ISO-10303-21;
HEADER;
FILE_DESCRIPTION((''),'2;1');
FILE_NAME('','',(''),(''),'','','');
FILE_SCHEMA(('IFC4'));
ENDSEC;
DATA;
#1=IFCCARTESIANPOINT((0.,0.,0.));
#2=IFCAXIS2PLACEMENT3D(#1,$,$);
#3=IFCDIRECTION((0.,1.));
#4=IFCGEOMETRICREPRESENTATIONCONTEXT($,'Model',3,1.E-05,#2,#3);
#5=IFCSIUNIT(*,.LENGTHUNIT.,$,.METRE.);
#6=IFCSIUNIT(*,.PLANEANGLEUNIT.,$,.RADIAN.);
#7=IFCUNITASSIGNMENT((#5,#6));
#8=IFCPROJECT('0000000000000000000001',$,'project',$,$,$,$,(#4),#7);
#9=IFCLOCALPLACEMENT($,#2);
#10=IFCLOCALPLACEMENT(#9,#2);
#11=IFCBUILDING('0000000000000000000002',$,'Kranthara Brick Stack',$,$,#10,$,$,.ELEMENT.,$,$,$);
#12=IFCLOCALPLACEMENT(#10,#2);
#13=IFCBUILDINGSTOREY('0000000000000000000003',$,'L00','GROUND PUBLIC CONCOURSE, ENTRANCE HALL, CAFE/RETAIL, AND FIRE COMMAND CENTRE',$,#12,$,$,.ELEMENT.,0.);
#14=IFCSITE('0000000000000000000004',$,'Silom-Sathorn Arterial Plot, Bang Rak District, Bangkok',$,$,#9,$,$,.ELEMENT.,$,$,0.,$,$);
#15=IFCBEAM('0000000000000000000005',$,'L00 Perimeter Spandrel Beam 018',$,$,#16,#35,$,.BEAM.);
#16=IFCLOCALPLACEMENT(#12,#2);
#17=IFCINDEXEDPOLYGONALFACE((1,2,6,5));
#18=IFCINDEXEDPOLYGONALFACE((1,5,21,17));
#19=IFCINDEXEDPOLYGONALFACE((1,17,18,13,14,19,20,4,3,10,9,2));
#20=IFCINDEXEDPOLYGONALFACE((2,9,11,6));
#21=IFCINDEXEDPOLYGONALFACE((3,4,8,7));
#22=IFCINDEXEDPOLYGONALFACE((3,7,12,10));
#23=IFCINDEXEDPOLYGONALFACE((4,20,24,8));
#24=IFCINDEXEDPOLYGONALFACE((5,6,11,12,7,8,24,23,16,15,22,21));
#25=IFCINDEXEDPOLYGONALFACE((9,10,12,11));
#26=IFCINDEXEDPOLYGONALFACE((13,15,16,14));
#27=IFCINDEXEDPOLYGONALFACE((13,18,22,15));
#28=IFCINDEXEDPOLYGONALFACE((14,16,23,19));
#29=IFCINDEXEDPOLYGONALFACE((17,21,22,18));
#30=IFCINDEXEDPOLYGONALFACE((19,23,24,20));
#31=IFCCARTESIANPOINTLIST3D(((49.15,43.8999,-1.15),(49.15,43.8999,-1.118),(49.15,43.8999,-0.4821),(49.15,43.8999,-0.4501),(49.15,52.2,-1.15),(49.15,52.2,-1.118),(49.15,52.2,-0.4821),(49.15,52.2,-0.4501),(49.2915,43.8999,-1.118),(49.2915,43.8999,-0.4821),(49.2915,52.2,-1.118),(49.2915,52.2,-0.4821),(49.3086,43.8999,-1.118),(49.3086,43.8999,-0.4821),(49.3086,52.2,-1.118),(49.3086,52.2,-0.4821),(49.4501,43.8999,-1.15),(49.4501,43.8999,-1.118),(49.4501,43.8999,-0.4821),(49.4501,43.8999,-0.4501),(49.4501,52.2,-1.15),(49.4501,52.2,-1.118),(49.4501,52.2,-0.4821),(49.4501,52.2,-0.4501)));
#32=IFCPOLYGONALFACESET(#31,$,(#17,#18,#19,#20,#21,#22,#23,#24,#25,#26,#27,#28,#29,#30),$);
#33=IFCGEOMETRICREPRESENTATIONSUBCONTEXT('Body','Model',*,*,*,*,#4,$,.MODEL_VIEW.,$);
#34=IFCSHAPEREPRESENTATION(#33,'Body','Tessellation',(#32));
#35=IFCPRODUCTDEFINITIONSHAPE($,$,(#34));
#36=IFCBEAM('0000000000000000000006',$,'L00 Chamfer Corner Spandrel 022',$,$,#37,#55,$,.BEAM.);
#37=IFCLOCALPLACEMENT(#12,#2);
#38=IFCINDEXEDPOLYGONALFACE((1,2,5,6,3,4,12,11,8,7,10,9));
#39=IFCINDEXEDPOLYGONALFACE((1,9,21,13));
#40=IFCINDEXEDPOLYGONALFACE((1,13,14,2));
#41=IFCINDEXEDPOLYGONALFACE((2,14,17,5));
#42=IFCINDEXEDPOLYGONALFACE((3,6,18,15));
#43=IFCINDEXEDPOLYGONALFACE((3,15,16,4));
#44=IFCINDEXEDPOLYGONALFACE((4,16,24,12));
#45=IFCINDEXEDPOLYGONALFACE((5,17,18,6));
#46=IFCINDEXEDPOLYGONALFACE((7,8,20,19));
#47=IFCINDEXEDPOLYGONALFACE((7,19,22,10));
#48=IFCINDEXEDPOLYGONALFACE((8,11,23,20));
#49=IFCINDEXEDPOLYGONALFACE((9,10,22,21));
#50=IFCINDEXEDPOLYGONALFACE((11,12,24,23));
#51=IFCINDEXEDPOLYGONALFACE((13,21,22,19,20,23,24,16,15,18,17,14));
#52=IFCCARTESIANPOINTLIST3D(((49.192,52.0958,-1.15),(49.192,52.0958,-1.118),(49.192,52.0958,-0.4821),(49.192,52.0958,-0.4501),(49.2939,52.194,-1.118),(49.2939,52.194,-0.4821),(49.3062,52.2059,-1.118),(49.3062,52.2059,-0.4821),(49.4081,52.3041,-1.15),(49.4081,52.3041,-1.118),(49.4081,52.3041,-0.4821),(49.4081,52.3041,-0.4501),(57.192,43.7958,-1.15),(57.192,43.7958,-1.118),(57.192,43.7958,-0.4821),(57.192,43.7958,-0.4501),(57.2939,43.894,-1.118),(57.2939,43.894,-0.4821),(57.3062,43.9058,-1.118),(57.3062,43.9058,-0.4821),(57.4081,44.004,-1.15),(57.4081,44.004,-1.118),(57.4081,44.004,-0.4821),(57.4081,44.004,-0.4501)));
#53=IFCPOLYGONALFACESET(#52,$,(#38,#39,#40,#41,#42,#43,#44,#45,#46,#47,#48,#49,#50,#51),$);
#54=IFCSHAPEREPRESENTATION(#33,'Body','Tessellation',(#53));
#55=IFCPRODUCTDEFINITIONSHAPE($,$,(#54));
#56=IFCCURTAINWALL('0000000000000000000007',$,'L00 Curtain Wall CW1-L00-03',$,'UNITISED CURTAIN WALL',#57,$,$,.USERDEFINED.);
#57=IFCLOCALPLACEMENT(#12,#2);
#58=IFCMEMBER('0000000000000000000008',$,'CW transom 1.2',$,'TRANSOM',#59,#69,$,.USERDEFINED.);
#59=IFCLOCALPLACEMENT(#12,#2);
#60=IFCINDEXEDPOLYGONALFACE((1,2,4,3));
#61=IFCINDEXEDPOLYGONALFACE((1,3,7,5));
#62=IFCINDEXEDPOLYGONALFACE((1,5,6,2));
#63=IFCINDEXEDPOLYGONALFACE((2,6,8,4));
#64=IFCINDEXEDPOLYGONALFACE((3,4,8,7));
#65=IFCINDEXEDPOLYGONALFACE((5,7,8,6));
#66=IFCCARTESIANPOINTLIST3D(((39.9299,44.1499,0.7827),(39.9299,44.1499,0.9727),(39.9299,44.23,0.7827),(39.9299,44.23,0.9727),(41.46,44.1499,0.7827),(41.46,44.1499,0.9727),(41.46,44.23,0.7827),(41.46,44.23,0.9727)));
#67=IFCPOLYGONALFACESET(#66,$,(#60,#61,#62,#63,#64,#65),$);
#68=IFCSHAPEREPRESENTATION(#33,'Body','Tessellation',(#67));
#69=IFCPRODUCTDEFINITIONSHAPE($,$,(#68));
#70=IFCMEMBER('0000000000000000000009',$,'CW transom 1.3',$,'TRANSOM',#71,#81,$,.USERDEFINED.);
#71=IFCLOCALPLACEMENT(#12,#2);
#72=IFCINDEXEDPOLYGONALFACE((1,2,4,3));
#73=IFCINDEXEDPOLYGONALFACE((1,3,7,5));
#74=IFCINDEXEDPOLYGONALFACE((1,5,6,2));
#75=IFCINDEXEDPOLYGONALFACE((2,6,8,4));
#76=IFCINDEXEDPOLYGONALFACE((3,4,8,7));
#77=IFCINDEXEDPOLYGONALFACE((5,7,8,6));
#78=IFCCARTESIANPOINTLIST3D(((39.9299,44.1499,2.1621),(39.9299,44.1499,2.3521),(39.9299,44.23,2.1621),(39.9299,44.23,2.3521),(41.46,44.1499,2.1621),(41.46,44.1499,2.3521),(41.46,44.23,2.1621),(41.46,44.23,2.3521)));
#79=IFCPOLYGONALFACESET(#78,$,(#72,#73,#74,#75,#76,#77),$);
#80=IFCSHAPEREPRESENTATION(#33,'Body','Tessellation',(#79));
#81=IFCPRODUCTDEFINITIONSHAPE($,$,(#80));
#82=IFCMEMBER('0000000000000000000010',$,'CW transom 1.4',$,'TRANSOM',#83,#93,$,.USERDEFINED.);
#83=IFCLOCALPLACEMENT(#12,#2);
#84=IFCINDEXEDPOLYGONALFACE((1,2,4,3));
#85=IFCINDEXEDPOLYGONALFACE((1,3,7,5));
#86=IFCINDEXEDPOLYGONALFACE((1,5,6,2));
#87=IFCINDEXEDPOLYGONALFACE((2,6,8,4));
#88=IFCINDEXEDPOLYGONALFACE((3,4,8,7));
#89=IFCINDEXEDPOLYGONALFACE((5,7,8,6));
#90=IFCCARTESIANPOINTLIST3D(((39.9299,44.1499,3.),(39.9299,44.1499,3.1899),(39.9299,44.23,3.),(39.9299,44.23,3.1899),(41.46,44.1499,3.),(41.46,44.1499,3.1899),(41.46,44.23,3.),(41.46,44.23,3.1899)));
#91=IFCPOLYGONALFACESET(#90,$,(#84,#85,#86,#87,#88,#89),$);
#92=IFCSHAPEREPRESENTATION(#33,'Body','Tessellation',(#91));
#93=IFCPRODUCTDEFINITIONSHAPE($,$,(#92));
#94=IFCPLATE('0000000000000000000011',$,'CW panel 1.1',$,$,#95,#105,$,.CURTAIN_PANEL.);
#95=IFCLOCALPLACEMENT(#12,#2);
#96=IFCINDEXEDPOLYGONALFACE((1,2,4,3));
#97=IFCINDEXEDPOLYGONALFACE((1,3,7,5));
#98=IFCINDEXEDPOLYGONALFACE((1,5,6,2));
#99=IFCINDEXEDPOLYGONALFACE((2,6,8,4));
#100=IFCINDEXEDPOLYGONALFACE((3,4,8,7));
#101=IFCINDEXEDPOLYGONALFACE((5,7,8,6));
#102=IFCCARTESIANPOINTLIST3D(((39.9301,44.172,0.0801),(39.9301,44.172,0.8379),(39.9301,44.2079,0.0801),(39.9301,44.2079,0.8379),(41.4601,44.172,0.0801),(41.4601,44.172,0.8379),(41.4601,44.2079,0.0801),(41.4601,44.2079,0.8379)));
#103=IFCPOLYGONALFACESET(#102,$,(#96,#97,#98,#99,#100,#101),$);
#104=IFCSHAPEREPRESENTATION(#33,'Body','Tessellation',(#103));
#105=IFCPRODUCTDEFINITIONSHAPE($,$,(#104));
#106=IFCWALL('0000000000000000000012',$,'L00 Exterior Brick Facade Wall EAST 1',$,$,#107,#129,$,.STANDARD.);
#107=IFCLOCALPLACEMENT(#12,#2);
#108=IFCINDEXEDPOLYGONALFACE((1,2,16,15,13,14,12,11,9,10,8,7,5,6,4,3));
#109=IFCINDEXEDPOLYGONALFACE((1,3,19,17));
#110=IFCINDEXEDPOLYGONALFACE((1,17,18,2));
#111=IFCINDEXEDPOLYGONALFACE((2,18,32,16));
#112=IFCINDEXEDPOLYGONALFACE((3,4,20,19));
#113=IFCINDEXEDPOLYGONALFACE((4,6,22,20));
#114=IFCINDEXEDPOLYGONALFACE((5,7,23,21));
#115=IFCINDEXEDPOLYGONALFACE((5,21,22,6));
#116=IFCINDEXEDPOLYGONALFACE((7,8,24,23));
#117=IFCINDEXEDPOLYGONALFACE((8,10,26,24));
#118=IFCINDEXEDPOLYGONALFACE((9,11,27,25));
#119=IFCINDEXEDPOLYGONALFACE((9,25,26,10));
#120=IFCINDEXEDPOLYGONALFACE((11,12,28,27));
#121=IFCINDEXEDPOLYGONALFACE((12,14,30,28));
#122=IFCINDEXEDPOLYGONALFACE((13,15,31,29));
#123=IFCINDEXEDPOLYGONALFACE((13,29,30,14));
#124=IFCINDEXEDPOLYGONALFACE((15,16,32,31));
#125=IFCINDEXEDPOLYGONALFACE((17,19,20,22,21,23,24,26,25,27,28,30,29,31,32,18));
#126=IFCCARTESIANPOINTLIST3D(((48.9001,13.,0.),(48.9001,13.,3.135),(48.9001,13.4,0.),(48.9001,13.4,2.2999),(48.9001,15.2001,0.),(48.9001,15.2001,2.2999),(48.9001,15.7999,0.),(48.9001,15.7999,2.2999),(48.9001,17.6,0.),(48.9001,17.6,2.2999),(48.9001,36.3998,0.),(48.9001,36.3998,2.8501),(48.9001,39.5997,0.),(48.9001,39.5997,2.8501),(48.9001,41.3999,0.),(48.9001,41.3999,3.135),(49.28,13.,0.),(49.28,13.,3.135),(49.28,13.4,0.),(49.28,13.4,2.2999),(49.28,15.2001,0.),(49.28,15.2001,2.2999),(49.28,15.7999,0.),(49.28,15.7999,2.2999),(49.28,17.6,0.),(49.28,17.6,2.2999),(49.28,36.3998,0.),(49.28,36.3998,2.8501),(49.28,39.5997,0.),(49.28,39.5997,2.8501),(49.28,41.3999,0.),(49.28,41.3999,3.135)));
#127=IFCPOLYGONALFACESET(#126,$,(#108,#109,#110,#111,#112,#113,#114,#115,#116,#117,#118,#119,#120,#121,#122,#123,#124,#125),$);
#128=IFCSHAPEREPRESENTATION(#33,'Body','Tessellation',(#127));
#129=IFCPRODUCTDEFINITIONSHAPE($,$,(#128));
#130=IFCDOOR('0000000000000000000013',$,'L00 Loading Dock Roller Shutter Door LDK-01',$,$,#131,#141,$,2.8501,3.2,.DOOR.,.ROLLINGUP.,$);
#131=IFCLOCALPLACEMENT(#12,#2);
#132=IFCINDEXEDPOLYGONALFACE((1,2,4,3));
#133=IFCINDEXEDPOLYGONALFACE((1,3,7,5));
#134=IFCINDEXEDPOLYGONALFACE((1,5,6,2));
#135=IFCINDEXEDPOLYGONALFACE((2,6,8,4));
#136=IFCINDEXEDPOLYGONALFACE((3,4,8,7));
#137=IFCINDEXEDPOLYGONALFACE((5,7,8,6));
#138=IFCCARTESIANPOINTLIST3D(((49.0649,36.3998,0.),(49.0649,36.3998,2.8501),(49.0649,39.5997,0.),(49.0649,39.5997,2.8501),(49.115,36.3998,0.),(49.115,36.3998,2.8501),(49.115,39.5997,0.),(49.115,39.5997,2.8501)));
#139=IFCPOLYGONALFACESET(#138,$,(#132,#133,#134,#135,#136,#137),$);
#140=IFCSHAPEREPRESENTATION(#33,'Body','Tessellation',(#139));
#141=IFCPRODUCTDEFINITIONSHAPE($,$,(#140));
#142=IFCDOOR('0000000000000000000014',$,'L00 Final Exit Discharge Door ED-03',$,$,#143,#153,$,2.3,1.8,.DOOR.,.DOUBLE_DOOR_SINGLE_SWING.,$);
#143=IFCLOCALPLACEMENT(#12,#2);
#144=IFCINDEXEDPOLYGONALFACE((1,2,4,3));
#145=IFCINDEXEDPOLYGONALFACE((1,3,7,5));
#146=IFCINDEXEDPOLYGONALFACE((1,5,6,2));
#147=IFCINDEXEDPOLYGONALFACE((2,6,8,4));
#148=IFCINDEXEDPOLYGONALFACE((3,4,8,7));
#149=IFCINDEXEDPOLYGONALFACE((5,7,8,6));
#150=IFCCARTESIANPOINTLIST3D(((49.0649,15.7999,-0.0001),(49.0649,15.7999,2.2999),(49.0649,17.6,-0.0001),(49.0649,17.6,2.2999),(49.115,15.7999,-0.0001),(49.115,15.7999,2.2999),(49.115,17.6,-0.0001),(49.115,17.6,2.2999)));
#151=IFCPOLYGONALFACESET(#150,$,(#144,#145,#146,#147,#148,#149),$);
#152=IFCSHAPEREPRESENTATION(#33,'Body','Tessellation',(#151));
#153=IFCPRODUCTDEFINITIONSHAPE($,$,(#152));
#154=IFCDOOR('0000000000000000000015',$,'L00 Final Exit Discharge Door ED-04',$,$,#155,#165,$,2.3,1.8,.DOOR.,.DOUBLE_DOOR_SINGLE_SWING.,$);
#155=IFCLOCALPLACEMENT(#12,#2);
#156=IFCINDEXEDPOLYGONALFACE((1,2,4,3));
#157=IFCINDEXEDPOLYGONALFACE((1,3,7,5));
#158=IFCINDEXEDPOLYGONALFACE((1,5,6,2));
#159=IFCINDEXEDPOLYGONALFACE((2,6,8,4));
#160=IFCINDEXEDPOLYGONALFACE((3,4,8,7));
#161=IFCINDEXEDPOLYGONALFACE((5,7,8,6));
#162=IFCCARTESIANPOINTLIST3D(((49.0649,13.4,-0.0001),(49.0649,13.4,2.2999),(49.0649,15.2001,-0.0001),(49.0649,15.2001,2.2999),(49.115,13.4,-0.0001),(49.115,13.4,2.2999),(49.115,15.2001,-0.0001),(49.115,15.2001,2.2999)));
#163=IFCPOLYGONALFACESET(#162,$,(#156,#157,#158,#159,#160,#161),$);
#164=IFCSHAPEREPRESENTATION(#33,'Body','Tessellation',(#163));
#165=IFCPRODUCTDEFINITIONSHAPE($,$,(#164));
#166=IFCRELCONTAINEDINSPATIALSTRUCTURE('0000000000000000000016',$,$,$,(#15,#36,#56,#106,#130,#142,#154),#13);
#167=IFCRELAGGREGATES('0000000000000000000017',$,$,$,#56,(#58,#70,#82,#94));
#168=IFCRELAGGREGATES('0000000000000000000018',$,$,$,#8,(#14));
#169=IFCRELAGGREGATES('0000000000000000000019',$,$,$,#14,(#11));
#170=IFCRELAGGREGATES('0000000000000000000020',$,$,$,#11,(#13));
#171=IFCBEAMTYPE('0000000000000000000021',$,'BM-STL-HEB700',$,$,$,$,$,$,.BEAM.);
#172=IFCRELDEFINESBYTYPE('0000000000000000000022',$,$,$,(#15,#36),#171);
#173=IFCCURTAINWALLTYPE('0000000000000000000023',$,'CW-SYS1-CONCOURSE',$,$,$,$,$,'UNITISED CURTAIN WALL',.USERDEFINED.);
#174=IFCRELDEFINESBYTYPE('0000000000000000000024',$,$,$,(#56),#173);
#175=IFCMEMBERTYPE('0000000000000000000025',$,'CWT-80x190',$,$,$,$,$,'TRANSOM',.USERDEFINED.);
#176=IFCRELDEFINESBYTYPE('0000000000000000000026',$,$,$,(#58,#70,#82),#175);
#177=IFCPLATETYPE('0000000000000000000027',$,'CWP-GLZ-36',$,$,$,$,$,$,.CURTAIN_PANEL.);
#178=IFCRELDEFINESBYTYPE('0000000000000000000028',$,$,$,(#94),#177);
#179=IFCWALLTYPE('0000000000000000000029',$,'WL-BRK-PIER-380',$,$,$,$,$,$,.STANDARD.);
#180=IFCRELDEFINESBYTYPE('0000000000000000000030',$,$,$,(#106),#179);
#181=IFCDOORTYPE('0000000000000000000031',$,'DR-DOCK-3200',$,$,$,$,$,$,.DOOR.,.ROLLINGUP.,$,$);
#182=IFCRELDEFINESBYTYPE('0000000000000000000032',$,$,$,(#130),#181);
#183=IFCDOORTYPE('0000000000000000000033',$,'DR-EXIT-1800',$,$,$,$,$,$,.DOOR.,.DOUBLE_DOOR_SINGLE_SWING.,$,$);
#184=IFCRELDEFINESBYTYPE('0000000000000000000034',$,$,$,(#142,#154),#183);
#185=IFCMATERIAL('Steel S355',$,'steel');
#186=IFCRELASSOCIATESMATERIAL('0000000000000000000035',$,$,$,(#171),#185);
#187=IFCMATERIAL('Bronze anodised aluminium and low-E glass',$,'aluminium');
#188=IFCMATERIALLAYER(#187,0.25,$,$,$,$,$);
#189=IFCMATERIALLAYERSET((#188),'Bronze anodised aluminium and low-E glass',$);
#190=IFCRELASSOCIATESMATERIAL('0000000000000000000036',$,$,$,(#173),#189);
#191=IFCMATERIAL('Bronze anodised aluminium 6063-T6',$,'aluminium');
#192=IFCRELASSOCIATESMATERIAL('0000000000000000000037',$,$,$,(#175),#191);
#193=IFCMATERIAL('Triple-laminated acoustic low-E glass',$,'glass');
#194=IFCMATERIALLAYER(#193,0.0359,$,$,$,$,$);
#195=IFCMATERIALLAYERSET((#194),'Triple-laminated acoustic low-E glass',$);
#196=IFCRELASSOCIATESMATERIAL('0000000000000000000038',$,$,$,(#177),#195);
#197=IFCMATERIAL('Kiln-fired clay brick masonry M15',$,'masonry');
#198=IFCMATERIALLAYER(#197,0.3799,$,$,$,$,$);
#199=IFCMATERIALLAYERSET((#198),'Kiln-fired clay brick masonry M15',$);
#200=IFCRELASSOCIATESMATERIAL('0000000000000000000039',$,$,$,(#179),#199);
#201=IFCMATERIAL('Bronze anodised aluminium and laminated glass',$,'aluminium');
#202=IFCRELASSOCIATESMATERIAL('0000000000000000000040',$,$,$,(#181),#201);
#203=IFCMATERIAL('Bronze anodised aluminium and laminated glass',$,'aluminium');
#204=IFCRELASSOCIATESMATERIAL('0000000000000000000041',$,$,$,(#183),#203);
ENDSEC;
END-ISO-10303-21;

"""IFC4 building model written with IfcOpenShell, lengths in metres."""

from ifc_helpers import new_model, si_unit, direction, frame, frame_2d, origin, origin_2d, place, context, subcontext, project, spatial, rectangle, i_section, extrude, material, layer, layer_set, material_profile, profile_set, type_object, element, fill, aggregate, save


model = new_model("IFC4")

# Units and contexts
model_context = context("Model", 3, precision=1e-05, world=origin(), true_north=direction((0.0, 1.0)))
body_context = subcontext(model_context, "Body", "Model", "MODEL_VIEW")
ifc_project = project(units=[si_unit("LENGTHUNIT", "METRE"), si_unit("PLANEANGLEUNIT", "RADIAN")], contexts=[model_context])

# Site, building, storey
site_placement = place(None, origin())
site = spatial("IfcSite", under=ifc_project, at=site_placement, Name="Silom-Sathorn Arterial Plot, Bang Rak District, Bangkok", CompositionType="ELEMENT", RefElevation=0.0)
building_placement = place(site_placement, origin())
building = spatial("IfcBuilding", under=site, at=building_placement, Name="Kranthara Brick Stack", CompositionType="ELEMENT")
storey_placement = place(building_placement, origin())
storey = spatial("IfcBuildingStorey", under=building, at=storey_placement, Name="L00", Description="GROUND PUBLIC CONCOURSE, ENTRANCE HALL, CAFE/RETAIL, AND FIRE COMMAND CENTRE", CompositionType="ELEMENT", Elevation=0.0)

# Beams
ifc_material_1 = material(Name="Steel S355", Category="steel")
ifc_material_profile_1 = material_profile(ifc_material_1, i_section(OverallWidth=0.3, OverallDepth=0.7, WebThickness=0.0171, FlangeThickness=0.032, at=origin_2d()), Name="HEB 700")
ifc_profile_set_1 = profile_set([ifc_material_profile_1], Name="Steel S355")
beam_type = type_object("IfcBeamType", Name="BM-STL-HEB700", PredefinedType="BEAM", material=ifc_profile_set_1)
beam_1_placement = place(storey_placement, frame((49.3, 43.8999, -0.8), z_axis=(0.0, 1.0, 0.0), x_axis=(-1.0, 0.0, 0.0)))
element("IfcBeam", 1, at=beam_1_placement, inside=storey, type_object=beam_type, Name="L00 Perimeter Spandrel Beam 018", PredefinedType="BEAM", context=body_context, shape_type="SweptSolid", body=[
    extrude(i_section(OverallWidth=0.3, OverallDepth=0.7, WebThickness=0.0171, FlangeThickness=0.032, at=origin_2d()), origin(), (0.0, 0.0, 1.0), 8.3),
])
beam_2_placement = place(storey_placement, frame((57.3, 43.8999, -0.8), z_axis=(-0.693973, 0.720001, 0.0), x_axis=(-0.720001, -0.693973, 0.0)))
element("IfcBeam", 2, at=beam_2_placement, inside=storey, type_object=beam_type, Name="L00 Chamfer Corner Spandrel 022", PredefinedType="BEAM", context=body_context, shape_type="SweptSolid", body=[
    extrude(i_section(OverallWidth=0.3, OverallDepth=0.7, WebThickness=0.0171, FlangeThickness=0.032, at=origin_2d()), origin(), (0.0, 0.0, 1.0), 11.5278),
])

# Curtain wall, members, plate
ifc_material_2 = material(Name="Bronze anodised aluminium and low-E glass", Category="aluminium")
ifc_layer_1 = layer(ifc_material_2, 0.25)
ifc_layer_set_1 = layer_set([ifc_layer_1], Name="Bronze anodised aluminium and low-E glass")
curtain_wall_type = type_object("IfcCurtainWallType", Name="CW-SYS1-CONCOURSE", ElementType="UNITISED CURTAIN WALL", PredefinedType="USERDEFINED", material=ifc_layer_set_1)
curtain_wall_placement = place(storey_placement, origin())
curtain_wall = element("IfcCurtainWall", 3, at=curtain_wall_placement, inside=storey, type_object=curtain_wall_type, Name="L00 Curtain Wall CW1-L00-03", ObjectType="UNITISED CURTAIN WALL", PredefinedType="USERDEFINED")
ifc_material_3 = material(Name="Bronze anodised aluminium 6063-T6", Category="aluminium")
ifc_material_profile_2 = material_profile(ifc_material_3, rectangle(XDim=0.0801, YDim=0.1899, at=origin_2d()), Name="ALU TRANSOM 80x190")
ifc_profile_set_2 = profile_set([ifc_material_profile_2], Name="Bronze anodised aluminium 6063-T6")
member_type = type_object("IfcMemberType", Name="CWT-80x190", ElementType="TRANSOM", PredefinedType="USERDEFINED", material=ifc_profile_set_2)
member_1_placement = place(storey_placement, frame((39.9299, 44.1899, 0.8777), z_axis=(1.0, 0.0, 0.0), x_axis=(0.0, 1.0, 0.0)))
member_1 = element("IfcMember", 4, at=member_1_placement, type_object=member_type, Name="CW transom 1.2", ObjectType="TRANSOM", PredefinedType="USERDEFINED", context=body_context, shape_type="SweptSolid", body=[
    extrude(rectangle(XDim=0.0801, YDim=0.1899, at=origin_2d()), origin(), (0.0, 0.0, 1.0), 1.53),
])
member_2_placement = place(storey_placement, frame((39.9299, 44.1899, 2.2571), z_axis=(1.0, 0.0, 0.0), x_axis=(0.0, 1.0, 0.0)))
member_2 = element("IfcMember", 5, at=member_2_placement, type_object=member_type, Name="CW transom 1.3", ObjectType="TRANSOM", PredefinedType="USERDEFINED", context=body_context, shape_type="SweptSolid", body=[
    extrude(rectangle(XDim=0.0801, YDim=0.1899, at=origin_2d()), origin(), (0.0, 0.0, 1.0), 1.53),
])
member_3_placement = place(storey_placement, frame((39.9299, 44.1899, 3.095), z_axis=(1.0, 0.0, 0.0), x_axis=(0.0, 1.0, 0.0)))
member_3 = element("IfcMember", 6, at=member_3_placement, type_object=member_type, Name="CW transom 1.4", ObjectType="TRANSOM", PredefinedType="USERDEFINED", context=body_context, shape_type="SweptSolid", body=[
    extrude(rectangle(XDim=0.0801, YDim=0.1899, at=origin_2d()), origin(), (0.0, 0.0, 1.0), 1.53),
])
ifc_material_4 = material(Name="Triple-laminated acoustic low-E glass", Category="glass")
ifc_layer_2 = layer(ifc_material_4, 0.0359)
ifc_layer_set_2 = layer_set([ifc_layer_2], Name="Triple-laminated acoustic low-E glass")
plate_type = type_object("IfcPlateType", Name="CWP-GLZ-36", PredefinedType="CURTAIN_PANEL", material=ifc_layer_set_2)
plate_placement = place(storey_placement, frame((40.6951, 44.1899, 0.0801), z_axis=(0.0, 0.0, 1.0), x_axis=(1.0, 0.0, 0.0)))
plate = element("IfcPlate", 7, at=plate_placement, type_object=plate_type, Name="CW panel 1.1", PredefinedType="CURTAIN_PANEL", context=body_context, shape_type="SweptSolid", body=[
    extrude(rectangle(XDim=1.53, YDim=0.0359, at=origin_2d()), origin(), (0.0, 0.0, 1.0), 0.7578),
])
aggregate(curtain_wall, [member_1, member_2, member_3, plate])

# Wall, openings, doors
ifc_material_5 = material(Name="Kiln-fired clay brick masonry M15", Category="masonry")
ifc_layer_3 = layer(ifc_material_5, 0.3799)
ifc_layer_set_3 = layer_set([ifc_layer_3], Name="Kiln-fired clay brick masonry M15")
wall_type_1 = type_object("IfcWallType", Name="WL-BRK-PIER-380", PredefinedType="STANDARD", material=ifc_layer_set_3)
wall_1_placement = place(storey_placement, frame((49.0901, 41.3999, 0.0), z_axis=(0.0, 0.0, 1.0), x_axis=(0.0, -1.0, 0.0)))
wall_1 = element("IfcWall", 8, at=wall_1_placement, inside=storey, type_object=wall_type_1, Name="L00 Exterior Brick Facade Wall EAST 1", PredefinedType="STANDARD", context=body_context, shape_type="SweptSolid", body=[
    extrude(rectangle(XDim=28.3999, YDim=0.3799, at=frame_2d((14.2, 0.0))), origin(), (0.0, 0.0, 1.0), 3.135),
])
opening_1_placement = place(wall_1_placement, frame((23.8, 0.0, 0.0)))
opening_1 = element("IfcOpeningElement", 9, at=opening_1_placement, cuts=wall_1, PredefinedType="OPENING", context=body_context, shape_type="SweptSolid", body=[
    extrude(rectangle(XDim=1.8, YDim=2.3, at=frame_2d((0.8999, 1.1499))), frame((0.0, 0.2, 0.0), z_axis=(0.0, -1.0, 0.0), x_axis=(1.0, 0.0, 0.0)), (0.0, 0.0, 1.0), 0.3999),
])
opening_2_placement = place(wall_1_placement, frame((26.2, 0.0, 0.0)))
opening_2 = element("IfcOpeningElement", 10, at=opening_2_placement, cuts=wall_1, PredefinedType="OPENING", context=body_context, shape_type="SweptSolid", body=[
    extrude(rectangle(XDim=1.8, YDim=2.3, at=frame_2d((0.8999, 1.1499))), frame((0.0, 0.2, 0.0), z_axis=(0.0, -1.0, 0.0), x_axis=(1.0, 0.0, 0.0)), (0.0, 0.0, 1.0), 0.3999),
])
opening_3_placement = place(wall_1_placement, frame((1.8, 0.0, 0.0)))
opening_3 = element("IfcOpeningElement", 11, at=opening_3_placement, cuts=wall_1, PredefinedType="OPENING", context=body_context, shape_type="SweptSolid", body=[
    extrude(rectangle(XDim=3.2, YDim=2.8501, at=frame_2d((1.6001, 1.425))), frame((0.0, 0.2, 0.0), z_axis=(0.0, -1.0, 0.0), x_axis=(1.0, 0.0, 0.0)), (0.0, 0.0, 1.0), 0.3999),
])
ifc_material_6 = material(Name="Bronze anodised aluminium and laminated glass", Category="aluminium")
door_type_1 = type_object("IfcDoorType", Name="DR-DOCK-3200", OperationType="ROLLINGUP", PredefinedType="DOOR", material=ifc_material_6)
door_1_placement = place(opening_3_placement, origin())
door_1 = element("IfcDoor", 12, at=door_1_placement, inside=storey, type_object=door_type_1, Name="L00 Loading Dock Roller Shutter Door LDK-01", OperationType="ROLLINGUP", OverallHeight=2.8501, OverallWidth=3.2, PredefinedType="DOOR", context=body_context, shape_type="SweptSolid", body=[
    extrude(rectangle(XDim=3.2, YDim=2.8501, at=frame_2d((1.6001, 1.425))), frame((0.0, 0.0249, 0.0), z_axis=(0.0, -1.0, 0.0), x_axis=(1.0, 0.0, 0.0)), (0.0, 0.0, 1.0), 0.05),
])
fill(opening_3, door_1)
ifc_material_7 = material(Name="Bronze anodised aluminium and laminated glass", Category="aluminium")
door_type_2 = type_object("IfcDoorType", Name="DR-EXIT-1800", OperationType="DOUBLE_DOOR_SINGLE_SWING", PredefinedType="DOOR", material=ifc_material_7)
door_2_placement = place(opening_1_placement, origin())
door_2 = element("IfcDoor", 13, at=door_2_placement, inside=storey, type_object=door_type_2, Name="L00 Final Exit Discharge Door ED-03", OperationType="DOUBLE_DOOR_SINGLE_SWING", OverallHeight=2.3, OverallWidth=1.8, PredefinedType="DOOR", context=body_context, shape_type="SweptSolid", body=[
    extrude(rectangle(XDim=1.8, YDim=2.3, at=frame_2d((0.8999, 1.1499))), frame((0.0, 0.0249, 0.0), z_axis=(0.0, -1.0, 0.0), x_axis=(1.0, 0.0, 0.0)), (0.0, 0.0, 1.0), 0.05),
])
fill(opening_1, door_2)
door_3_placement = place(opening_2_placement, origin())
door_3 = element("IfcDoor", 14, at=door_3_placement, inside=storey, type_object=door_type_2, Name="L00 Final Exit Discharge Door ED-04", OperationType="DOUBLE_DOOR_SINGLE_SWING", OverallHeight=2.3, OverallWidth=1.8, PredefinedType="DOOR", context=body_context, shape_type="SweptSolid", body=[
    extrude(rectangle(XDim=1.8, YDim=2.3, at=frame_2d((0.8999, 1.1499))), frame((0.0, 0.0249, 0.0), z_axis=(0.0, -1.0, 0.0), x_axis=(1.0, 0.0, 0.0)), (0.0, 0.0, 1.0), 0.05),
])
fill(opening_2, door_3)

save(model, "model.ifc")
